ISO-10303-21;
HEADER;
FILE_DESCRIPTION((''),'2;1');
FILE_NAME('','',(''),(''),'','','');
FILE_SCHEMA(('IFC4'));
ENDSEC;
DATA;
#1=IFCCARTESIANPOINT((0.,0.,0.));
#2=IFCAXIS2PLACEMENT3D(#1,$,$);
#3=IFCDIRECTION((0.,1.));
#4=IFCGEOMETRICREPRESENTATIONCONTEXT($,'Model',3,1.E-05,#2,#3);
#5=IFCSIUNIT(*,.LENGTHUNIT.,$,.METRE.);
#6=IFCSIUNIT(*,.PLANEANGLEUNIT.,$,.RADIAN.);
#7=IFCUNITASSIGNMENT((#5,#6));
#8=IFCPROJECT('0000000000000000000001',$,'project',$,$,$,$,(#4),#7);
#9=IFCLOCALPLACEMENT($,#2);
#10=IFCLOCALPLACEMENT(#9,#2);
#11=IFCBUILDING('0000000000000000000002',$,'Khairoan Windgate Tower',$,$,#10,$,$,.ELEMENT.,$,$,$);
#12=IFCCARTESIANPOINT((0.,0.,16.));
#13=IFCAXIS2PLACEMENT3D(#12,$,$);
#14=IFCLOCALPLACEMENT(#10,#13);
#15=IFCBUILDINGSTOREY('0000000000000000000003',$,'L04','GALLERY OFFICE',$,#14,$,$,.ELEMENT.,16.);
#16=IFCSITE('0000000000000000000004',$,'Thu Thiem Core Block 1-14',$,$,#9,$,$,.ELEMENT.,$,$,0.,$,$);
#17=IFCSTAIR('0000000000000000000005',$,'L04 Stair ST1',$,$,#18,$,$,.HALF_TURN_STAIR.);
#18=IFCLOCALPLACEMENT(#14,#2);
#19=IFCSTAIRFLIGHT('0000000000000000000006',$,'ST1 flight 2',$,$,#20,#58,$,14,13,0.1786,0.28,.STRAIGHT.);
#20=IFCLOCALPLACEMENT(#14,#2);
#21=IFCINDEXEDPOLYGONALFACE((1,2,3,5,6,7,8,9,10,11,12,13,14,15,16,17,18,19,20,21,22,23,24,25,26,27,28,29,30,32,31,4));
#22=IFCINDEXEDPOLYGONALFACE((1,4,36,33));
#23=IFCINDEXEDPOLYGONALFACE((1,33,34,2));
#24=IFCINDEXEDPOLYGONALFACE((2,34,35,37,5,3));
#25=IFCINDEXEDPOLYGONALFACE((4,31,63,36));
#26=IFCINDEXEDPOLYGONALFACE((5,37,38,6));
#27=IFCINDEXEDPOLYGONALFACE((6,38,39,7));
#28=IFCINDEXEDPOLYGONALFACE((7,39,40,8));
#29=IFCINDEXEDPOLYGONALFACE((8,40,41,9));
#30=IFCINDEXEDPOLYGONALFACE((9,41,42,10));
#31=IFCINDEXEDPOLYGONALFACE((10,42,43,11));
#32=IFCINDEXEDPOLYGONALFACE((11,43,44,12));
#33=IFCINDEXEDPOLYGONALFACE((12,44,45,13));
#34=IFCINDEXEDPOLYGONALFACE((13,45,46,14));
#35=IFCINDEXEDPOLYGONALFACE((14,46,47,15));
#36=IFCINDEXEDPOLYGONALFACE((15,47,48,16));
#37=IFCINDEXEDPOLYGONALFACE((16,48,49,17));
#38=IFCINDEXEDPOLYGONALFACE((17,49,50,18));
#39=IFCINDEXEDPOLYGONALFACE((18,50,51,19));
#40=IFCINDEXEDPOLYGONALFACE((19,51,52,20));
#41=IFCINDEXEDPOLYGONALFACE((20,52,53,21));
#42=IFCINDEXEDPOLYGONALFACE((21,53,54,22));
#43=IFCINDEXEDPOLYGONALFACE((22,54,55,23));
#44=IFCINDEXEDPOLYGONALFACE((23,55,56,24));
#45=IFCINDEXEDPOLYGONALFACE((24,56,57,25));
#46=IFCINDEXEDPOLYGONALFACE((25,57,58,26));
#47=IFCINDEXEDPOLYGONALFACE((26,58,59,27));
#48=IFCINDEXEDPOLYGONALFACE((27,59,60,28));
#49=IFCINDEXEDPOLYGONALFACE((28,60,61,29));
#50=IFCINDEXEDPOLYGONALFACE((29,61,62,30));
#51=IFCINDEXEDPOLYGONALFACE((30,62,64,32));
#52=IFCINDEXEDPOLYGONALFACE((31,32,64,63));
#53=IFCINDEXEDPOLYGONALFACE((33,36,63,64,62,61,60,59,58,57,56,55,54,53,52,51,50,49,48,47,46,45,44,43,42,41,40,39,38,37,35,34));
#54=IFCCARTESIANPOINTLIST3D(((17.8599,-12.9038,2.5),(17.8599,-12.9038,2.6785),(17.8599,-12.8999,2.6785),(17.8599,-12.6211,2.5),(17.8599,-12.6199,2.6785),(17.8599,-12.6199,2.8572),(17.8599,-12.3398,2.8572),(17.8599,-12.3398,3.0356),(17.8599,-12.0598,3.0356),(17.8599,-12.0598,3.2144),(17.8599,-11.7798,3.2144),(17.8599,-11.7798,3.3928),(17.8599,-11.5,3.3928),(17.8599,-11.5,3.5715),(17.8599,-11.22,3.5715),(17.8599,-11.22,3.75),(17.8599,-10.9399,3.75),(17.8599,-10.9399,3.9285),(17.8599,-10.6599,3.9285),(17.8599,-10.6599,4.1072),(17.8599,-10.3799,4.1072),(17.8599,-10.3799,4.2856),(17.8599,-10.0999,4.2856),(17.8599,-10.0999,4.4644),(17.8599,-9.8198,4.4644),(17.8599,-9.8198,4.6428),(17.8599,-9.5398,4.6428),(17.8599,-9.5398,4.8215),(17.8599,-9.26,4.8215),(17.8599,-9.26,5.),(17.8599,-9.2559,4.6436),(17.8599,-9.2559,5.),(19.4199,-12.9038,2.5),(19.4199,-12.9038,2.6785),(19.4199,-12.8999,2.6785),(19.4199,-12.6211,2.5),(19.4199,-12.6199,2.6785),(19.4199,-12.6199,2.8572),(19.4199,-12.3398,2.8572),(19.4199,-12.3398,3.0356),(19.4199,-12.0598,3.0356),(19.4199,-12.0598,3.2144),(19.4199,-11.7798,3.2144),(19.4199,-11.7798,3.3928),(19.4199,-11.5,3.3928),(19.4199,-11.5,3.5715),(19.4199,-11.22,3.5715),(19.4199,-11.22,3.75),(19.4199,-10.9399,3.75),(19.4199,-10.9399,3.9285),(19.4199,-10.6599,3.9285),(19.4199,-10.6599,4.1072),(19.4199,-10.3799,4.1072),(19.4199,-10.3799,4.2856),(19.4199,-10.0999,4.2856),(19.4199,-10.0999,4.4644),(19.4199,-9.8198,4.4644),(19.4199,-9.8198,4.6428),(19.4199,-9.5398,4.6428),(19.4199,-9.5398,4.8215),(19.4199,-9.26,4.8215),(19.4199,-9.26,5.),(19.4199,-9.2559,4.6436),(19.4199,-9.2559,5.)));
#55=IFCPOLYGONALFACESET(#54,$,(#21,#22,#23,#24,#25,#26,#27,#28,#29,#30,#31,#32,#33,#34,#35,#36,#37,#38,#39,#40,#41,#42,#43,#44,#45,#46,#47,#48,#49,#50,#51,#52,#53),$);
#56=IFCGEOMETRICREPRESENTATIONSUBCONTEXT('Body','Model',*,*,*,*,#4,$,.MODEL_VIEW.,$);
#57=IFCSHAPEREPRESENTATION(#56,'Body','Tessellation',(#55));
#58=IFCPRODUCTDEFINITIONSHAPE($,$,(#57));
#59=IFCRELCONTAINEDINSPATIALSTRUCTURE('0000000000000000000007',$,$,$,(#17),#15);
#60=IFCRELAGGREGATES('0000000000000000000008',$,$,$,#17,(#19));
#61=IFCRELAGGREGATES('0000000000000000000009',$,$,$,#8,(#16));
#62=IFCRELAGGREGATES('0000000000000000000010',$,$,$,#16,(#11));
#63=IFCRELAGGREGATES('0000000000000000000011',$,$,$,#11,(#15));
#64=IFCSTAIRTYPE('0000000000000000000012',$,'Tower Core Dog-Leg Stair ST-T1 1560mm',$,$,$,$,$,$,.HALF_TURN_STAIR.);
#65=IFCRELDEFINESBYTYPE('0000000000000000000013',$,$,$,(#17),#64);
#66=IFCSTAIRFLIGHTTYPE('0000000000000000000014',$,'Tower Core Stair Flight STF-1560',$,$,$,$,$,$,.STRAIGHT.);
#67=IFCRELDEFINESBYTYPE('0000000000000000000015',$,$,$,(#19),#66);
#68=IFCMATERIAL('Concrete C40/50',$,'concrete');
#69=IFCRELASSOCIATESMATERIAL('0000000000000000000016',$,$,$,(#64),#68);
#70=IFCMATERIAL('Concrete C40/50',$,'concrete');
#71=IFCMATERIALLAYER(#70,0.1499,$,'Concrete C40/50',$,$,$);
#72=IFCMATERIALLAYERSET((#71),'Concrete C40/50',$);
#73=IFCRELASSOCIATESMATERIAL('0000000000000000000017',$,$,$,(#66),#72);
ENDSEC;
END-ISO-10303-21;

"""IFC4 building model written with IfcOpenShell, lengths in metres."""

from ifc_helpers import new_model, si_unit, direction, frame, origin, place, context, subcontext, project, spatial, polyline, outline, extrude, material, layer, layer_set, type_object, element, aggregate, save


model = new_model("IFC4")

# Units and contexts
model_context = context("Model", 3, precision=1e-05, world=origin(), true_north=direction((0.0, 1.0)))
body_context = subcontext(model_context, "Body", "Model", "MODEL_VIEW")
ifc_project = project(units=[si_unit("LENGTHUNIT", "METRE"), si_unit("PLANEANGLEUNIT", "RADIAN")], contexts=[model_context])

# Site, building, storey
site_placement = place(None, origin())
site = spatial("IfcSite", under=ifc_project, at=site_placement, Name="Thu Thiem Core Block 1-14", CompositionType="ELEMENT", RefElevation=0.0)
building_placement = place(site_placement, origin())
building = spatial("IfcBuilding", under=site, at=building_placement, Name="Khairoan Windgate Tower", CompositionType="ELEMENT")
storey_placement = place(building_placement, frame((0.0, 0.0, 16.0)))
storey = spatial("IfcBuildingStorey", under=building, at=storey_placement, Name="L04", Description="GALLERY OFFICE", CompositionType="ELEMENT", Elevation=16.0)

# Stair, stair flight
ifc_material_1 = material(Name="Concrete C40/50", Category="concrete")
stair_type = type_object("IfcStairType", Name="Tower Core Dog-Leg Stair ST-T1 1560mm", PredefinedType="HALF_TURN_STAIR", material=ifc_material_1)
stair_placement = place(storey_placement, origin())
stair = element("IfcStair", 1, at=stair_placement, inside=storey, type_object=stair_type, Name="L04 Stair ST1", PredefinedType="HALF_TURN_STAIR")
ifc_material_2 = material(Name="Concrete C40/50", Category="concrete")
ifc_layer_1 = layer(ifc_material_2, 0.1499, Name="Concrete C40/50")
ifc_layer_set_1 = layer_set([ifc_layer_1], Name="Concrete C40/50")
stair_flight_type = type_object("IfcStairFlightType", Name="Tower Core Stair Flight STF-1560", PredefinedType="STRAIGHT", material=ifc_layer_set_1)
stair_flight_1_placement = place(storey_placement, frame((18.6399, -12.8999, 2.5), z_axis=(0.0, 0.0, 1.0), x_axis=(0.0, 1.0, 0.0)))
stair_flight_1 = element("IfcStairFlight", 2, at=stair_flight_1_placement, type_object=stair_flight_type, Name="ST1 flight 2", NumberOfRisers=14, NumberOfTreads=13, PredefinedType="STRAIGHT", RiserHeight=0.1786, TreadLength=0.28, context=body_context, shape_type="SweptSolid", body=[
    extrude(outline(polyline([(-0.0039, 0.0), (-0.0039, 0.1785), (0.0, 0.1785), (0.28, 0.1785), (0.28, 0.3572), (0.5601, 0.3572), (0.5601, 0.5356), (0.8401, 0.5356), (0.8401, 0.7144), (1.1201, 0.7144), (1.1201, 0.8928), (1.3999, 0.8928), (1.3999, 1.0715), (1.6799, 1.0715), (1.6799, 1.25), (1.96, 1.25), (1.96, 1.4285), (2.24, 1.4285), (2.24, 1.6072), (2.52, 1.6072), (2.52, 1.7856), (2.8, 1.7856), (2.8, 1.9644), (3.0801, 1.9644), (3.0801, 2.1428), (3.3601, 2.1428), (3.3601, 2.3215), (3.6399, 2.3215), (3.6399, 2.5), (3.644, 2.5), (3.644, 2.1436), (0.2788, 0.0), (-0.0039, 0.0)])), frame((0.0, 0.78, 0.0), z_axis=(0.0, -1.0, 0.0), x_axis=(1.0, 0.0, 0.0)), (0.0, 0.0, 1.0), 1.5601),
])
aggregate(stair, [stair_flight_1])

save(model, "model.ifc")
